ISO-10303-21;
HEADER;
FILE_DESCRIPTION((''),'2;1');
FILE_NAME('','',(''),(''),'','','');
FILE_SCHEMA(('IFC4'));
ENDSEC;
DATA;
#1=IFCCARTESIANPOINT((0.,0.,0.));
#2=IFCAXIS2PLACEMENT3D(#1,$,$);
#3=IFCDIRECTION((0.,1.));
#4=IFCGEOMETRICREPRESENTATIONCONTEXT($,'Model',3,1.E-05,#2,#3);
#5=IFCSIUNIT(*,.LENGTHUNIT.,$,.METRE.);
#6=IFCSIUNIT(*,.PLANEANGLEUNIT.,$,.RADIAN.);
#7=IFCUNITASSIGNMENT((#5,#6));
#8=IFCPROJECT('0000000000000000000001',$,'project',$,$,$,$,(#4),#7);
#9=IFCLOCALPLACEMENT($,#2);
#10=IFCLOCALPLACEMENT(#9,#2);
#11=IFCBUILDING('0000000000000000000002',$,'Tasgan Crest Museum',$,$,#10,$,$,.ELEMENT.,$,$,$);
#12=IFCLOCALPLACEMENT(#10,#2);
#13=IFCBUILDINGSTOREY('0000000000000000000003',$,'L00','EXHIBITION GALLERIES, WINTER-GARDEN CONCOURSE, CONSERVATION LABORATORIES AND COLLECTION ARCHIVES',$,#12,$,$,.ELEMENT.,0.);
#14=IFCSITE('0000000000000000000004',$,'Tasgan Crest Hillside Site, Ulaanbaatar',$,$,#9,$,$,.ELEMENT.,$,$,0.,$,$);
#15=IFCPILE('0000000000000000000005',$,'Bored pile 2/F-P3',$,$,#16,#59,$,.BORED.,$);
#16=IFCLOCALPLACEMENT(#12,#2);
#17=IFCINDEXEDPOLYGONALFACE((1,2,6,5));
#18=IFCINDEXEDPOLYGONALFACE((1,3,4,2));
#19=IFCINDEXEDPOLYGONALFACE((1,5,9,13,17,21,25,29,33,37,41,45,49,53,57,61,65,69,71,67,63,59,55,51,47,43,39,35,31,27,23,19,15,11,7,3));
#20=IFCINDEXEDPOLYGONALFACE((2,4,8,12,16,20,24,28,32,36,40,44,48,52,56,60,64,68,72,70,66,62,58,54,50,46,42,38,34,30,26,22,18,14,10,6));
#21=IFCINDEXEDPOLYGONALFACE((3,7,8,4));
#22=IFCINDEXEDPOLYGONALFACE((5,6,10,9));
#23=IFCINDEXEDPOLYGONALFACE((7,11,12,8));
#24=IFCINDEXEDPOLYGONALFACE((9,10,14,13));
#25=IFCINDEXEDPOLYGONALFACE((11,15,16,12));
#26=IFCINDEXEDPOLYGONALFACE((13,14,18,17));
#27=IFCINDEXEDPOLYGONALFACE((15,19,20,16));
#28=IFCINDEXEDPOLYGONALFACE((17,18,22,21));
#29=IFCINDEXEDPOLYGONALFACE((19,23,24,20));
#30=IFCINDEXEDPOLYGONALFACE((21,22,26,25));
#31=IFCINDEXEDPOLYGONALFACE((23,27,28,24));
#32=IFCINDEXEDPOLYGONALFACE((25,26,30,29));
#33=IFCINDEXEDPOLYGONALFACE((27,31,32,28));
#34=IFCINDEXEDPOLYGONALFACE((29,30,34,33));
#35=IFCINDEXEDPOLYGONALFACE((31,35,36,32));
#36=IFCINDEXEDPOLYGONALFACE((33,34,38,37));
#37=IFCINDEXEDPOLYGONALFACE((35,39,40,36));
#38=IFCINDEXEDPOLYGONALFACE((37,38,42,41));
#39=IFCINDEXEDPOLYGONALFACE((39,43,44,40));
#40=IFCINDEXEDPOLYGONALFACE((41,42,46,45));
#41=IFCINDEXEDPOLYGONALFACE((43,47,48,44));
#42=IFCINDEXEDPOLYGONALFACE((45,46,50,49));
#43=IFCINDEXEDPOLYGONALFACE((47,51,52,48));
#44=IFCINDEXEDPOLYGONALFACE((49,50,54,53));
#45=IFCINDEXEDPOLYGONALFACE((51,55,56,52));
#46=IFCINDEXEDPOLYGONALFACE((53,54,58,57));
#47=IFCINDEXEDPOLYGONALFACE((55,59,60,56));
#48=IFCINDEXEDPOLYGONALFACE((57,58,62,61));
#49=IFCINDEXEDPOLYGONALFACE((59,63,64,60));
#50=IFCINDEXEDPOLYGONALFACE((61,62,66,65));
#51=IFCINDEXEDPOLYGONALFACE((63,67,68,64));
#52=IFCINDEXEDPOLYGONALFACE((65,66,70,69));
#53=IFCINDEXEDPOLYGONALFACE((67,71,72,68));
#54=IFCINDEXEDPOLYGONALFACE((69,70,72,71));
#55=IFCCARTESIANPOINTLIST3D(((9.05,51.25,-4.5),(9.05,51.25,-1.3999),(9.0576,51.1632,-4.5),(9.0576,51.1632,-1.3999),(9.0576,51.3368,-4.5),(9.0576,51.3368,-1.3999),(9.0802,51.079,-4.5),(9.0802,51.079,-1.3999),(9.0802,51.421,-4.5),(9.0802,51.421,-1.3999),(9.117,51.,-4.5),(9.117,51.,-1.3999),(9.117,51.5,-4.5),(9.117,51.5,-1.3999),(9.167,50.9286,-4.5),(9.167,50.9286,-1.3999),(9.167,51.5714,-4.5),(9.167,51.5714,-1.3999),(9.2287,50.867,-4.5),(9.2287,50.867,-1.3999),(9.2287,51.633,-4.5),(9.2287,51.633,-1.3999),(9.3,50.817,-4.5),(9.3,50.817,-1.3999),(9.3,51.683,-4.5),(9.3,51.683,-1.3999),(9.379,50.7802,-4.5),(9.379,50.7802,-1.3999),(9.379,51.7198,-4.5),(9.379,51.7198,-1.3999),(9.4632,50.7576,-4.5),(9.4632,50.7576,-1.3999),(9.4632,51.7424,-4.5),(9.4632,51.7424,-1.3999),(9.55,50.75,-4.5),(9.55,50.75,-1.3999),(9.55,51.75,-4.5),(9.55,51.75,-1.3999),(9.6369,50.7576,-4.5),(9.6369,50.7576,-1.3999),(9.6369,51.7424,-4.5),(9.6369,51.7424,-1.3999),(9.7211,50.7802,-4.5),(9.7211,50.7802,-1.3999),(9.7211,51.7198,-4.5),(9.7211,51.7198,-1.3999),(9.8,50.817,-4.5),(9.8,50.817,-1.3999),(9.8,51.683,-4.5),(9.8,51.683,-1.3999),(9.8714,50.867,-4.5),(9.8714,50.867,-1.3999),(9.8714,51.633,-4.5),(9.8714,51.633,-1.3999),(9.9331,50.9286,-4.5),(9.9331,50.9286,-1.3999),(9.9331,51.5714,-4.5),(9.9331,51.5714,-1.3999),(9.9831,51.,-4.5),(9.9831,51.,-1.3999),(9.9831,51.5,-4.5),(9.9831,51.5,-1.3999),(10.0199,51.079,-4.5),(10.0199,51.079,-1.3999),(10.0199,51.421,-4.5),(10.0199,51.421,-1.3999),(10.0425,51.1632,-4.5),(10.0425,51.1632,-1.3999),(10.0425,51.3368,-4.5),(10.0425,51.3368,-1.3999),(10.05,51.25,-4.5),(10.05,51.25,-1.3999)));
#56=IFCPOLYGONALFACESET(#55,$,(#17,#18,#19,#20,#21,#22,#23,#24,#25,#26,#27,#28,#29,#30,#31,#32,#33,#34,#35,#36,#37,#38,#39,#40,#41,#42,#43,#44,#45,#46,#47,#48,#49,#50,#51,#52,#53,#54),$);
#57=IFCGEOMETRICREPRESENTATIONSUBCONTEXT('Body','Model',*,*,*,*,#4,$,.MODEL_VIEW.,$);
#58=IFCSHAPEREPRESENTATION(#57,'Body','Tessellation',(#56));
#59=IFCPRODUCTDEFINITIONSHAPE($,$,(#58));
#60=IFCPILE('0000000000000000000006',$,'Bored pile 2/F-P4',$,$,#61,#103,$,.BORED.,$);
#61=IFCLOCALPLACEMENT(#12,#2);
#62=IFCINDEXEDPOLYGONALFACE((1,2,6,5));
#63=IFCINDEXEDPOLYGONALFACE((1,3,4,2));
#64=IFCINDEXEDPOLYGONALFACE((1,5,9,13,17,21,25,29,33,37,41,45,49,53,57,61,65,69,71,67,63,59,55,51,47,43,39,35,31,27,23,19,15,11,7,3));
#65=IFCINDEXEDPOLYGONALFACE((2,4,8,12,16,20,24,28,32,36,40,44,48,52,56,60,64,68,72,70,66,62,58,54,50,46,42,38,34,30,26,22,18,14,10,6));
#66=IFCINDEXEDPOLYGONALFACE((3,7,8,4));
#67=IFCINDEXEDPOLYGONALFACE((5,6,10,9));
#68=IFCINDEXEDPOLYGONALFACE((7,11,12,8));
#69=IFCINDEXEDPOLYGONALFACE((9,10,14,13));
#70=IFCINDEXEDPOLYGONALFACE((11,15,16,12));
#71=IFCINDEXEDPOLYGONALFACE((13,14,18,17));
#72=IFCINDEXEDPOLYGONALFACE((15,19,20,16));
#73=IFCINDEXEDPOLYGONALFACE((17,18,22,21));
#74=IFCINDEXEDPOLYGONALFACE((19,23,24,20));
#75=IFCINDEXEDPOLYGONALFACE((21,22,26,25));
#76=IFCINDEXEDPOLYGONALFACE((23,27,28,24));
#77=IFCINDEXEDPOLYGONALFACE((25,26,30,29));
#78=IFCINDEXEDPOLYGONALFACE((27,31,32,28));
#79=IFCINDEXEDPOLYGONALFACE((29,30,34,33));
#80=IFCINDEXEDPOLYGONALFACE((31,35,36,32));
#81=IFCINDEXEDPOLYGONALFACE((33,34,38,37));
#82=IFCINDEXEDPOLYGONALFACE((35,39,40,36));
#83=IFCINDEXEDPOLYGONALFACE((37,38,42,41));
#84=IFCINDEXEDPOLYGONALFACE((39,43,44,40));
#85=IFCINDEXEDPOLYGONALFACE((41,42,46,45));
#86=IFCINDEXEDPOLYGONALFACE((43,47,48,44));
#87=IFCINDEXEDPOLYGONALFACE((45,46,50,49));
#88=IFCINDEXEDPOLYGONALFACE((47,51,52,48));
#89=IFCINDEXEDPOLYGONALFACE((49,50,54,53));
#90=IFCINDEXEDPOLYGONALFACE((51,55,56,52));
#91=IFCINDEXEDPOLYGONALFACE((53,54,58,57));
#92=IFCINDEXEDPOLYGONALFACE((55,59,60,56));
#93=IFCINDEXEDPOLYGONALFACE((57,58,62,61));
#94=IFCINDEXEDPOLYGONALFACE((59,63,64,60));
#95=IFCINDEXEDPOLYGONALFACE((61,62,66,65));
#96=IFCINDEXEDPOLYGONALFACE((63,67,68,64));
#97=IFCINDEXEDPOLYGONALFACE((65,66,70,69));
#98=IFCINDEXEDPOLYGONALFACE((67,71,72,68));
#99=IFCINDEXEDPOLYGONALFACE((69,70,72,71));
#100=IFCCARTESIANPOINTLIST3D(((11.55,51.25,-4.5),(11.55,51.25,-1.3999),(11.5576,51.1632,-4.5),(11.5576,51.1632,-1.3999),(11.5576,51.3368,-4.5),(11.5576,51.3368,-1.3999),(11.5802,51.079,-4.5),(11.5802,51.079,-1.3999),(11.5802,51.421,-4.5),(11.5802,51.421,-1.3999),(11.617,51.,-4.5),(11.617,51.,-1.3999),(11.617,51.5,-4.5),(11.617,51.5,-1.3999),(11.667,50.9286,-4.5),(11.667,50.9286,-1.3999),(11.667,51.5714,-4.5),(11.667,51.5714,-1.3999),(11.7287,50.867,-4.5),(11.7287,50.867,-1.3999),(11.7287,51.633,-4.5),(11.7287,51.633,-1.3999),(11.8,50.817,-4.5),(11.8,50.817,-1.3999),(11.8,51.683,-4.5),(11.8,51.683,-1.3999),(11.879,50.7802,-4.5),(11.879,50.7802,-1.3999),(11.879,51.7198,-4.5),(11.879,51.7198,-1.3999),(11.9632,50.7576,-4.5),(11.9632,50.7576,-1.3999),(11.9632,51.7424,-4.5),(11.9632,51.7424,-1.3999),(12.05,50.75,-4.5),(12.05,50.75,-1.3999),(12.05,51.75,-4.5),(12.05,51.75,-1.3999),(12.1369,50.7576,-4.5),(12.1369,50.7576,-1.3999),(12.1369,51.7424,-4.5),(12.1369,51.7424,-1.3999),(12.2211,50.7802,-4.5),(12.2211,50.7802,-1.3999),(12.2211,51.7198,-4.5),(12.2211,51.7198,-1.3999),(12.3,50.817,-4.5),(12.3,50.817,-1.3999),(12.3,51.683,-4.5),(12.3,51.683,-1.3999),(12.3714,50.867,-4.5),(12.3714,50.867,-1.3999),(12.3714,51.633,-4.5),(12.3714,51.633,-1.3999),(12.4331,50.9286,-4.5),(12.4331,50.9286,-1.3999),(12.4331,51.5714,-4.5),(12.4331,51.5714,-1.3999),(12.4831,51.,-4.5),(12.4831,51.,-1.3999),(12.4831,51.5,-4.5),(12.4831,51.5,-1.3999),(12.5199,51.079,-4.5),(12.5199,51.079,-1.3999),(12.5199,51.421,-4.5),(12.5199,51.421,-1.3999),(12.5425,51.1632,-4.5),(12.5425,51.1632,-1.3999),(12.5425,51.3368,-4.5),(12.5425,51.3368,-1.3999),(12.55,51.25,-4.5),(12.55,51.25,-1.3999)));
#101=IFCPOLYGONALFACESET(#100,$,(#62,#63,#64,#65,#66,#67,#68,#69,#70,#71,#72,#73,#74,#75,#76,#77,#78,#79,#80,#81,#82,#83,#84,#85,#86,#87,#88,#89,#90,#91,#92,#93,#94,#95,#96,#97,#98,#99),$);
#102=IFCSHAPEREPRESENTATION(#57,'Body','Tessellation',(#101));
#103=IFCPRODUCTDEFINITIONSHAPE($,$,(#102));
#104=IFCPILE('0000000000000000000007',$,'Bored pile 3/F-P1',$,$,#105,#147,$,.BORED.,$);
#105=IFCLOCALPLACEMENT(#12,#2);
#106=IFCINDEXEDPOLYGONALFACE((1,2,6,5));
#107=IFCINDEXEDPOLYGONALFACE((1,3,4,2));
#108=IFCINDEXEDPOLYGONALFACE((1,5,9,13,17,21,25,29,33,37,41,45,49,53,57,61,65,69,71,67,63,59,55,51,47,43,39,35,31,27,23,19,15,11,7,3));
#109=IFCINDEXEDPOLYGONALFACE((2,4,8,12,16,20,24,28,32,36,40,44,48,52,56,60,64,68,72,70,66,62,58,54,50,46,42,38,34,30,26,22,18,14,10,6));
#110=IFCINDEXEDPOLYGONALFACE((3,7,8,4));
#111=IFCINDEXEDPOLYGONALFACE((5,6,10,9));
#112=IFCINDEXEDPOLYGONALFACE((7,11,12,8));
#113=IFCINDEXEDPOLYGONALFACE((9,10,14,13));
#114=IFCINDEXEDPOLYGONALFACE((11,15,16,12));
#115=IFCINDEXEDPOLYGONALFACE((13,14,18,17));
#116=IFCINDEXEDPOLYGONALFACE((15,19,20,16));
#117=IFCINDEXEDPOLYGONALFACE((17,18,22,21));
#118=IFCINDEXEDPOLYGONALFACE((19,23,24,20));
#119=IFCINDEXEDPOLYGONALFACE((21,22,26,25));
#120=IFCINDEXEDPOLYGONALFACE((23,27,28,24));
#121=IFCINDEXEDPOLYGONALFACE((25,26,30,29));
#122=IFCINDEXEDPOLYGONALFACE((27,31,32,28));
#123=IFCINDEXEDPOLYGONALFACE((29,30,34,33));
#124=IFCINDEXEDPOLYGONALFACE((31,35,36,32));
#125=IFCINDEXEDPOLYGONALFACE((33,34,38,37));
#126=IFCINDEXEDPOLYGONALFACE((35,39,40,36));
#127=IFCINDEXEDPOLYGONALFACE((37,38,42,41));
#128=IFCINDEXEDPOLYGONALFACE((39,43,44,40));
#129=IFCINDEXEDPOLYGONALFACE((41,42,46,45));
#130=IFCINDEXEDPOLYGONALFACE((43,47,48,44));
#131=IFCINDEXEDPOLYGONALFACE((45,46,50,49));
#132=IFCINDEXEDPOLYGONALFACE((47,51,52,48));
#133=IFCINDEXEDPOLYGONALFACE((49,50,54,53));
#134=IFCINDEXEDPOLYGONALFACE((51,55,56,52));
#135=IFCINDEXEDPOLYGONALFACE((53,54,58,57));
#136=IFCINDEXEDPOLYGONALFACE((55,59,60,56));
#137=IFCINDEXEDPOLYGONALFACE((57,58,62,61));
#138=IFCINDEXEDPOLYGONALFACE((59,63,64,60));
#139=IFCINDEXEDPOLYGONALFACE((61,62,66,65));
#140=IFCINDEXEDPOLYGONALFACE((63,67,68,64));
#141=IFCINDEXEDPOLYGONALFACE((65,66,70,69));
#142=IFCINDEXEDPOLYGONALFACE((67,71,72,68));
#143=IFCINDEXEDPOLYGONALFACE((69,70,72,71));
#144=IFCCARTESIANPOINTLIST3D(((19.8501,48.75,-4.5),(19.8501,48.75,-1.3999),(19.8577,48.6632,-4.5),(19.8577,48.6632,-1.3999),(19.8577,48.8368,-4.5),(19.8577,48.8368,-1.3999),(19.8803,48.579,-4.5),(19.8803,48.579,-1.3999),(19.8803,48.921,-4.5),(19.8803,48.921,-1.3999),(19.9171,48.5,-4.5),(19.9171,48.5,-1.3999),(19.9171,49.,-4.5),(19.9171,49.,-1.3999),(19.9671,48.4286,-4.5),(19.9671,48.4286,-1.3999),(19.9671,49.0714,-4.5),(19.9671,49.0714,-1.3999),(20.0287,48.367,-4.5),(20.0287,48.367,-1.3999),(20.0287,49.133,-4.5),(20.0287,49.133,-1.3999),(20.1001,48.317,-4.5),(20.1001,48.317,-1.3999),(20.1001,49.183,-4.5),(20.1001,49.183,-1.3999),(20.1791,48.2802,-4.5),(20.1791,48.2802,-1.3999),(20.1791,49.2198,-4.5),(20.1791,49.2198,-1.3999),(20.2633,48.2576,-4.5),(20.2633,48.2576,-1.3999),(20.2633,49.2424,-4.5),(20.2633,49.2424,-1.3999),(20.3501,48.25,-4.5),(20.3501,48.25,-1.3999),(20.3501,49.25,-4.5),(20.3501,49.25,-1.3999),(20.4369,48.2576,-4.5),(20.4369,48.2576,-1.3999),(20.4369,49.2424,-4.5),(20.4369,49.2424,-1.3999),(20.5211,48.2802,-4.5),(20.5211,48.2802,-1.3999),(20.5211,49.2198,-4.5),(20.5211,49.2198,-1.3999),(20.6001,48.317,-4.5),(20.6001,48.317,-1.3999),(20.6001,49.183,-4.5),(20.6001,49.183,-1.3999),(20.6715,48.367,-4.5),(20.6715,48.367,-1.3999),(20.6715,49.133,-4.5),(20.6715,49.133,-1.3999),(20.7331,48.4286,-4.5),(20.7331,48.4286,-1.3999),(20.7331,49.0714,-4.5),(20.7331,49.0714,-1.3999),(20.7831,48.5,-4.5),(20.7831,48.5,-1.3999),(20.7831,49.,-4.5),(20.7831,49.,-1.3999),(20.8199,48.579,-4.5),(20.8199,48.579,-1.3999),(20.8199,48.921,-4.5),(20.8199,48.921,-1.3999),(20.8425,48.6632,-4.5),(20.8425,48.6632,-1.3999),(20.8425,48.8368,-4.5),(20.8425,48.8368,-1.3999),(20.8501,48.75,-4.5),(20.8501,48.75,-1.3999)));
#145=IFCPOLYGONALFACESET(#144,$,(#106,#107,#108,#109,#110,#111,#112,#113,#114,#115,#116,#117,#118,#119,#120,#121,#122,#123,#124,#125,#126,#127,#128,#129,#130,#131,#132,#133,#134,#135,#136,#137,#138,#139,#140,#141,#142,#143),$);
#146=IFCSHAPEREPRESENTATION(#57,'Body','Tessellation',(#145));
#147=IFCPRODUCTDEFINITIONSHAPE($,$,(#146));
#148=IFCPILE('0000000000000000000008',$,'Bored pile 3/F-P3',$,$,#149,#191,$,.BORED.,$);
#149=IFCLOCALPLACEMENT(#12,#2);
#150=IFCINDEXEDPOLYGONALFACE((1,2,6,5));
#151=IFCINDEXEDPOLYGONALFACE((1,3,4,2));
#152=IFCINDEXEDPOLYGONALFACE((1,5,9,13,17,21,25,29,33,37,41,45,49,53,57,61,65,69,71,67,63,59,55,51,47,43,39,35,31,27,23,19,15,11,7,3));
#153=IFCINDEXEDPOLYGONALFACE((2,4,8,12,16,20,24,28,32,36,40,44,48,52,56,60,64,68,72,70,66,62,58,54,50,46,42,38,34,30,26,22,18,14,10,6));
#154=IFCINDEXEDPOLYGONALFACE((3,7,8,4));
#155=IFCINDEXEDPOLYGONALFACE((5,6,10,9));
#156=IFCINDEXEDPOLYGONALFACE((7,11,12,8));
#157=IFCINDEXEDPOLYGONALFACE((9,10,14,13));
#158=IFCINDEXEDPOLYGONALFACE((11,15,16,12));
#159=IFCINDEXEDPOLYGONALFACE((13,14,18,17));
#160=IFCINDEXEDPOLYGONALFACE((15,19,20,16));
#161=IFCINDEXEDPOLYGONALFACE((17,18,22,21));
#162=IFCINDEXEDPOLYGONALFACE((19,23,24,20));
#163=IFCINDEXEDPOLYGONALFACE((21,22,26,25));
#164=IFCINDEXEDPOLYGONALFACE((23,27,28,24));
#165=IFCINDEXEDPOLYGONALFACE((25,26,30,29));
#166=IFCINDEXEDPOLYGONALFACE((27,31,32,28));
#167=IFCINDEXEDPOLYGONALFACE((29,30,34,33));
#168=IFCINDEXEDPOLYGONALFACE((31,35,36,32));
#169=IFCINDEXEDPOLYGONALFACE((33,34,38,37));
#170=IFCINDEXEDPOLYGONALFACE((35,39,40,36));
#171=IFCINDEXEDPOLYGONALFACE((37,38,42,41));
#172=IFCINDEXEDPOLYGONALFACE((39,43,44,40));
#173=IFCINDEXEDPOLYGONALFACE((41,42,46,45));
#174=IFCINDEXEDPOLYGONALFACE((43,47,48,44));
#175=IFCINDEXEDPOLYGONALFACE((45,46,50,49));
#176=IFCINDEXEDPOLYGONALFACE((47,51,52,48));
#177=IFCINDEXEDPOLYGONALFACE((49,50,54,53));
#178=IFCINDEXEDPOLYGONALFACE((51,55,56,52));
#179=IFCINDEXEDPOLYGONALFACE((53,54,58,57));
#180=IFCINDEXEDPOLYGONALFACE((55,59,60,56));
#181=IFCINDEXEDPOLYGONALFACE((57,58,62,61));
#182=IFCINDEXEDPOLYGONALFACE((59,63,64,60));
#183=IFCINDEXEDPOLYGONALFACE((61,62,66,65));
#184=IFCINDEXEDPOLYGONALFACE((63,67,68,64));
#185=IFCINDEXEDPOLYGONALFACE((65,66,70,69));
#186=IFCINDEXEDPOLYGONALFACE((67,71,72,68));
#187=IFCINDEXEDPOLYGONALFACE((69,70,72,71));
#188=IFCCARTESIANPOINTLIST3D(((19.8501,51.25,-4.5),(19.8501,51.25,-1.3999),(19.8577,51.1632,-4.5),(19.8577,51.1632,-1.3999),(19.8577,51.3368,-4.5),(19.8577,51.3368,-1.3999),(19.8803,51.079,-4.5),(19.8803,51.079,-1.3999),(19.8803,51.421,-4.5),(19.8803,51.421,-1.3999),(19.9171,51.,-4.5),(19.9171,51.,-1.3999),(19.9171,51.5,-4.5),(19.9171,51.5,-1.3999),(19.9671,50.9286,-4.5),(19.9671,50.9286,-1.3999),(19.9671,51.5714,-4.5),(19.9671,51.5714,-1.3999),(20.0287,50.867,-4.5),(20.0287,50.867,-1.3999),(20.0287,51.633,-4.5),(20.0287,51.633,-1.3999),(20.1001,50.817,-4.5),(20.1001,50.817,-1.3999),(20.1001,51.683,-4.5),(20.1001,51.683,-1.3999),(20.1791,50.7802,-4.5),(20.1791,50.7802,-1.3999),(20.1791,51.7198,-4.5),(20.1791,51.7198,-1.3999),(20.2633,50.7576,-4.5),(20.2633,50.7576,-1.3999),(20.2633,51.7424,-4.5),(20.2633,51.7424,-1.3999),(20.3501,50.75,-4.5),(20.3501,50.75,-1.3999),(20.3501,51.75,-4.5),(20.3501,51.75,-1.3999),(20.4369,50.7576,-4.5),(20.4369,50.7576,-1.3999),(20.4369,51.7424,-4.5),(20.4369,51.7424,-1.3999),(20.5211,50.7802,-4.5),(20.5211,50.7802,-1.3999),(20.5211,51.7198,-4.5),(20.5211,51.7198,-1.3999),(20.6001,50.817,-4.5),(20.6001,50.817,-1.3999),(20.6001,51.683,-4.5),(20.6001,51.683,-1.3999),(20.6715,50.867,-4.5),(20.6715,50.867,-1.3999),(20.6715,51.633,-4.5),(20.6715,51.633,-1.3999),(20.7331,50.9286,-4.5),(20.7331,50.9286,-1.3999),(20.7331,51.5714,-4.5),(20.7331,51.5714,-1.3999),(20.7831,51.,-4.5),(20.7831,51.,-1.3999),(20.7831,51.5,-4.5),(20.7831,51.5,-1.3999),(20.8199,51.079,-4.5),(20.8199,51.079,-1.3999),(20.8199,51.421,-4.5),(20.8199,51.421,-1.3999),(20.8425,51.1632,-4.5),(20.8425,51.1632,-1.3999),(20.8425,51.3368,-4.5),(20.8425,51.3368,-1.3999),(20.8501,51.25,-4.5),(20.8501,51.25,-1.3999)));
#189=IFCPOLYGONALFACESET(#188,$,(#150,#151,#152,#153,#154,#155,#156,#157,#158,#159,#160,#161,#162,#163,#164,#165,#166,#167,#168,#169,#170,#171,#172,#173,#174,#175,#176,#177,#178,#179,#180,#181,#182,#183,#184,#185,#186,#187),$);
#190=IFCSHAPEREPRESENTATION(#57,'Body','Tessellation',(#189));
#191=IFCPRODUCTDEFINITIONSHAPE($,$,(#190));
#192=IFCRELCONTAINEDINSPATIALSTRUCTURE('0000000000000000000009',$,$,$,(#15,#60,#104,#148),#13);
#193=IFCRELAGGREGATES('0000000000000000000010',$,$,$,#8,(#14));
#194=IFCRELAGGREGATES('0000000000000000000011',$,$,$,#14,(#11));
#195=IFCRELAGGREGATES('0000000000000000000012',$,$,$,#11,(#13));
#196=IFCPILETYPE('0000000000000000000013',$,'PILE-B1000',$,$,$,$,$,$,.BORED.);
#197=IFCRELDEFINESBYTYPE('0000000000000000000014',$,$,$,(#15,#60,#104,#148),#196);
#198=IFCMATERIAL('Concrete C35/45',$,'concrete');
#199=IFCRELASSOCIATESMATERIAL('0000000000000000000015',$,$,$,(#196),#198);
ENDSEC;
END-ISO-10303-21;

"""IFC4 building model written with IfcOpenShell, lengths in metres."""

from ifc_helpers import new_model, si_unit, direction, frame, origin, origin_2d, place, context, subcontext, project, spatial, circle, extrude, material, material_profile, profile_set, type_object, element, save


model = new_model("IFC4")

# Units and contexts
model_context = context("Model", 3, precision=1e-05, world=origin(), true_north=direction((0.0, 1.0)))
body_context = subcontext(model_context, "Body", "Model", "MODEL_VIEW")
ifc_project = project(units=[si_unit("LENGTHUNIT", "METRE"), si_unit("PLANEANGLEUNIT", "RADIAN")], contexts=[model_context])

# Site, building, storey
site_placement = place(None, origin())
site = spatial("IfcSite", under=ifc_project, at=site_placement, Name="Tasgan Crest Hillside Site, Ulaanbaatar", CompositionType="ELEMENT", RefElevation=0.0)
building_placement = place(site_placement, origin())
building = spatial("IfcBuilding", under=site, at=building_placement, Name="Tasgan Crest Museum", CompositionType="ELEMENT")
storey_placement = place(building_placement, origin())
storey = spatial("IfcBuildingStorey", under=building, at=storey_placement, Name="L00", Description="EXHIBITION GALLERIES, WINTER-GARDEN CONCOURSE, CONSERVATION LABORATORIES AND COLLECTION ARCHIVES", CompositionType="ELEMENT", Elevation=0.0)

# Piles
ifc_material_1 = material(Name="Concrete C35/45", Category="concrete")
ifc_material_profile_1 = material_profile(ifc_material_1, circle(Radius=0.5, at=origin_2d()), Name="PILE D1000")
ifc_profile_set_1 = profile_set([ifc_material_profile_1], Name="Concrete C35/45")
pile_type = type_object("IfcPileType", Name="PILE-B1000", PredefinedType="BORED", material=ifc_profile_set_1)
for number, where, z_axis, x_axis, name in (
    (1, (9.55, 51.25, -1.3999), (0.0, 0.0, -1.0), (1.0, 0.0, 0.0), "Bored pile 2/F-P3"),
    (2, (12.05, 51.25, -1.3999), (0.0, 0.0, -1.0), (1.0, 0.0, 0.0), "Bored pile 2/F-P4"),
    (3, (20.3501, 48.75, -1.3999), (0.0, 0.0, -1.0), (1.0, 0.0, 0.0), "Bored pile 3/F-P1"),
    (4, (20.3501, 51.25, -1.3999), (0.0, 0.0, -1.0), (1.0, 0.0, 0.0), "Bored pile 3/F-P3"),
):
    element("IfcPile", number, at=place(storey_placement, frame(where, z_axis=z_axis, x_axis=x_axis)), inside=storey, type_object=pile_type, Name=name, PredefinedType="BORED", context=body_context, shape_type="SweptSolid", body=[
        extrude(circle(Radius=0.5, at=origin_2d()), origin(), (0.0, 0.0, 1.0), 3.1001),
    ])

save(model, "model.ifc")
